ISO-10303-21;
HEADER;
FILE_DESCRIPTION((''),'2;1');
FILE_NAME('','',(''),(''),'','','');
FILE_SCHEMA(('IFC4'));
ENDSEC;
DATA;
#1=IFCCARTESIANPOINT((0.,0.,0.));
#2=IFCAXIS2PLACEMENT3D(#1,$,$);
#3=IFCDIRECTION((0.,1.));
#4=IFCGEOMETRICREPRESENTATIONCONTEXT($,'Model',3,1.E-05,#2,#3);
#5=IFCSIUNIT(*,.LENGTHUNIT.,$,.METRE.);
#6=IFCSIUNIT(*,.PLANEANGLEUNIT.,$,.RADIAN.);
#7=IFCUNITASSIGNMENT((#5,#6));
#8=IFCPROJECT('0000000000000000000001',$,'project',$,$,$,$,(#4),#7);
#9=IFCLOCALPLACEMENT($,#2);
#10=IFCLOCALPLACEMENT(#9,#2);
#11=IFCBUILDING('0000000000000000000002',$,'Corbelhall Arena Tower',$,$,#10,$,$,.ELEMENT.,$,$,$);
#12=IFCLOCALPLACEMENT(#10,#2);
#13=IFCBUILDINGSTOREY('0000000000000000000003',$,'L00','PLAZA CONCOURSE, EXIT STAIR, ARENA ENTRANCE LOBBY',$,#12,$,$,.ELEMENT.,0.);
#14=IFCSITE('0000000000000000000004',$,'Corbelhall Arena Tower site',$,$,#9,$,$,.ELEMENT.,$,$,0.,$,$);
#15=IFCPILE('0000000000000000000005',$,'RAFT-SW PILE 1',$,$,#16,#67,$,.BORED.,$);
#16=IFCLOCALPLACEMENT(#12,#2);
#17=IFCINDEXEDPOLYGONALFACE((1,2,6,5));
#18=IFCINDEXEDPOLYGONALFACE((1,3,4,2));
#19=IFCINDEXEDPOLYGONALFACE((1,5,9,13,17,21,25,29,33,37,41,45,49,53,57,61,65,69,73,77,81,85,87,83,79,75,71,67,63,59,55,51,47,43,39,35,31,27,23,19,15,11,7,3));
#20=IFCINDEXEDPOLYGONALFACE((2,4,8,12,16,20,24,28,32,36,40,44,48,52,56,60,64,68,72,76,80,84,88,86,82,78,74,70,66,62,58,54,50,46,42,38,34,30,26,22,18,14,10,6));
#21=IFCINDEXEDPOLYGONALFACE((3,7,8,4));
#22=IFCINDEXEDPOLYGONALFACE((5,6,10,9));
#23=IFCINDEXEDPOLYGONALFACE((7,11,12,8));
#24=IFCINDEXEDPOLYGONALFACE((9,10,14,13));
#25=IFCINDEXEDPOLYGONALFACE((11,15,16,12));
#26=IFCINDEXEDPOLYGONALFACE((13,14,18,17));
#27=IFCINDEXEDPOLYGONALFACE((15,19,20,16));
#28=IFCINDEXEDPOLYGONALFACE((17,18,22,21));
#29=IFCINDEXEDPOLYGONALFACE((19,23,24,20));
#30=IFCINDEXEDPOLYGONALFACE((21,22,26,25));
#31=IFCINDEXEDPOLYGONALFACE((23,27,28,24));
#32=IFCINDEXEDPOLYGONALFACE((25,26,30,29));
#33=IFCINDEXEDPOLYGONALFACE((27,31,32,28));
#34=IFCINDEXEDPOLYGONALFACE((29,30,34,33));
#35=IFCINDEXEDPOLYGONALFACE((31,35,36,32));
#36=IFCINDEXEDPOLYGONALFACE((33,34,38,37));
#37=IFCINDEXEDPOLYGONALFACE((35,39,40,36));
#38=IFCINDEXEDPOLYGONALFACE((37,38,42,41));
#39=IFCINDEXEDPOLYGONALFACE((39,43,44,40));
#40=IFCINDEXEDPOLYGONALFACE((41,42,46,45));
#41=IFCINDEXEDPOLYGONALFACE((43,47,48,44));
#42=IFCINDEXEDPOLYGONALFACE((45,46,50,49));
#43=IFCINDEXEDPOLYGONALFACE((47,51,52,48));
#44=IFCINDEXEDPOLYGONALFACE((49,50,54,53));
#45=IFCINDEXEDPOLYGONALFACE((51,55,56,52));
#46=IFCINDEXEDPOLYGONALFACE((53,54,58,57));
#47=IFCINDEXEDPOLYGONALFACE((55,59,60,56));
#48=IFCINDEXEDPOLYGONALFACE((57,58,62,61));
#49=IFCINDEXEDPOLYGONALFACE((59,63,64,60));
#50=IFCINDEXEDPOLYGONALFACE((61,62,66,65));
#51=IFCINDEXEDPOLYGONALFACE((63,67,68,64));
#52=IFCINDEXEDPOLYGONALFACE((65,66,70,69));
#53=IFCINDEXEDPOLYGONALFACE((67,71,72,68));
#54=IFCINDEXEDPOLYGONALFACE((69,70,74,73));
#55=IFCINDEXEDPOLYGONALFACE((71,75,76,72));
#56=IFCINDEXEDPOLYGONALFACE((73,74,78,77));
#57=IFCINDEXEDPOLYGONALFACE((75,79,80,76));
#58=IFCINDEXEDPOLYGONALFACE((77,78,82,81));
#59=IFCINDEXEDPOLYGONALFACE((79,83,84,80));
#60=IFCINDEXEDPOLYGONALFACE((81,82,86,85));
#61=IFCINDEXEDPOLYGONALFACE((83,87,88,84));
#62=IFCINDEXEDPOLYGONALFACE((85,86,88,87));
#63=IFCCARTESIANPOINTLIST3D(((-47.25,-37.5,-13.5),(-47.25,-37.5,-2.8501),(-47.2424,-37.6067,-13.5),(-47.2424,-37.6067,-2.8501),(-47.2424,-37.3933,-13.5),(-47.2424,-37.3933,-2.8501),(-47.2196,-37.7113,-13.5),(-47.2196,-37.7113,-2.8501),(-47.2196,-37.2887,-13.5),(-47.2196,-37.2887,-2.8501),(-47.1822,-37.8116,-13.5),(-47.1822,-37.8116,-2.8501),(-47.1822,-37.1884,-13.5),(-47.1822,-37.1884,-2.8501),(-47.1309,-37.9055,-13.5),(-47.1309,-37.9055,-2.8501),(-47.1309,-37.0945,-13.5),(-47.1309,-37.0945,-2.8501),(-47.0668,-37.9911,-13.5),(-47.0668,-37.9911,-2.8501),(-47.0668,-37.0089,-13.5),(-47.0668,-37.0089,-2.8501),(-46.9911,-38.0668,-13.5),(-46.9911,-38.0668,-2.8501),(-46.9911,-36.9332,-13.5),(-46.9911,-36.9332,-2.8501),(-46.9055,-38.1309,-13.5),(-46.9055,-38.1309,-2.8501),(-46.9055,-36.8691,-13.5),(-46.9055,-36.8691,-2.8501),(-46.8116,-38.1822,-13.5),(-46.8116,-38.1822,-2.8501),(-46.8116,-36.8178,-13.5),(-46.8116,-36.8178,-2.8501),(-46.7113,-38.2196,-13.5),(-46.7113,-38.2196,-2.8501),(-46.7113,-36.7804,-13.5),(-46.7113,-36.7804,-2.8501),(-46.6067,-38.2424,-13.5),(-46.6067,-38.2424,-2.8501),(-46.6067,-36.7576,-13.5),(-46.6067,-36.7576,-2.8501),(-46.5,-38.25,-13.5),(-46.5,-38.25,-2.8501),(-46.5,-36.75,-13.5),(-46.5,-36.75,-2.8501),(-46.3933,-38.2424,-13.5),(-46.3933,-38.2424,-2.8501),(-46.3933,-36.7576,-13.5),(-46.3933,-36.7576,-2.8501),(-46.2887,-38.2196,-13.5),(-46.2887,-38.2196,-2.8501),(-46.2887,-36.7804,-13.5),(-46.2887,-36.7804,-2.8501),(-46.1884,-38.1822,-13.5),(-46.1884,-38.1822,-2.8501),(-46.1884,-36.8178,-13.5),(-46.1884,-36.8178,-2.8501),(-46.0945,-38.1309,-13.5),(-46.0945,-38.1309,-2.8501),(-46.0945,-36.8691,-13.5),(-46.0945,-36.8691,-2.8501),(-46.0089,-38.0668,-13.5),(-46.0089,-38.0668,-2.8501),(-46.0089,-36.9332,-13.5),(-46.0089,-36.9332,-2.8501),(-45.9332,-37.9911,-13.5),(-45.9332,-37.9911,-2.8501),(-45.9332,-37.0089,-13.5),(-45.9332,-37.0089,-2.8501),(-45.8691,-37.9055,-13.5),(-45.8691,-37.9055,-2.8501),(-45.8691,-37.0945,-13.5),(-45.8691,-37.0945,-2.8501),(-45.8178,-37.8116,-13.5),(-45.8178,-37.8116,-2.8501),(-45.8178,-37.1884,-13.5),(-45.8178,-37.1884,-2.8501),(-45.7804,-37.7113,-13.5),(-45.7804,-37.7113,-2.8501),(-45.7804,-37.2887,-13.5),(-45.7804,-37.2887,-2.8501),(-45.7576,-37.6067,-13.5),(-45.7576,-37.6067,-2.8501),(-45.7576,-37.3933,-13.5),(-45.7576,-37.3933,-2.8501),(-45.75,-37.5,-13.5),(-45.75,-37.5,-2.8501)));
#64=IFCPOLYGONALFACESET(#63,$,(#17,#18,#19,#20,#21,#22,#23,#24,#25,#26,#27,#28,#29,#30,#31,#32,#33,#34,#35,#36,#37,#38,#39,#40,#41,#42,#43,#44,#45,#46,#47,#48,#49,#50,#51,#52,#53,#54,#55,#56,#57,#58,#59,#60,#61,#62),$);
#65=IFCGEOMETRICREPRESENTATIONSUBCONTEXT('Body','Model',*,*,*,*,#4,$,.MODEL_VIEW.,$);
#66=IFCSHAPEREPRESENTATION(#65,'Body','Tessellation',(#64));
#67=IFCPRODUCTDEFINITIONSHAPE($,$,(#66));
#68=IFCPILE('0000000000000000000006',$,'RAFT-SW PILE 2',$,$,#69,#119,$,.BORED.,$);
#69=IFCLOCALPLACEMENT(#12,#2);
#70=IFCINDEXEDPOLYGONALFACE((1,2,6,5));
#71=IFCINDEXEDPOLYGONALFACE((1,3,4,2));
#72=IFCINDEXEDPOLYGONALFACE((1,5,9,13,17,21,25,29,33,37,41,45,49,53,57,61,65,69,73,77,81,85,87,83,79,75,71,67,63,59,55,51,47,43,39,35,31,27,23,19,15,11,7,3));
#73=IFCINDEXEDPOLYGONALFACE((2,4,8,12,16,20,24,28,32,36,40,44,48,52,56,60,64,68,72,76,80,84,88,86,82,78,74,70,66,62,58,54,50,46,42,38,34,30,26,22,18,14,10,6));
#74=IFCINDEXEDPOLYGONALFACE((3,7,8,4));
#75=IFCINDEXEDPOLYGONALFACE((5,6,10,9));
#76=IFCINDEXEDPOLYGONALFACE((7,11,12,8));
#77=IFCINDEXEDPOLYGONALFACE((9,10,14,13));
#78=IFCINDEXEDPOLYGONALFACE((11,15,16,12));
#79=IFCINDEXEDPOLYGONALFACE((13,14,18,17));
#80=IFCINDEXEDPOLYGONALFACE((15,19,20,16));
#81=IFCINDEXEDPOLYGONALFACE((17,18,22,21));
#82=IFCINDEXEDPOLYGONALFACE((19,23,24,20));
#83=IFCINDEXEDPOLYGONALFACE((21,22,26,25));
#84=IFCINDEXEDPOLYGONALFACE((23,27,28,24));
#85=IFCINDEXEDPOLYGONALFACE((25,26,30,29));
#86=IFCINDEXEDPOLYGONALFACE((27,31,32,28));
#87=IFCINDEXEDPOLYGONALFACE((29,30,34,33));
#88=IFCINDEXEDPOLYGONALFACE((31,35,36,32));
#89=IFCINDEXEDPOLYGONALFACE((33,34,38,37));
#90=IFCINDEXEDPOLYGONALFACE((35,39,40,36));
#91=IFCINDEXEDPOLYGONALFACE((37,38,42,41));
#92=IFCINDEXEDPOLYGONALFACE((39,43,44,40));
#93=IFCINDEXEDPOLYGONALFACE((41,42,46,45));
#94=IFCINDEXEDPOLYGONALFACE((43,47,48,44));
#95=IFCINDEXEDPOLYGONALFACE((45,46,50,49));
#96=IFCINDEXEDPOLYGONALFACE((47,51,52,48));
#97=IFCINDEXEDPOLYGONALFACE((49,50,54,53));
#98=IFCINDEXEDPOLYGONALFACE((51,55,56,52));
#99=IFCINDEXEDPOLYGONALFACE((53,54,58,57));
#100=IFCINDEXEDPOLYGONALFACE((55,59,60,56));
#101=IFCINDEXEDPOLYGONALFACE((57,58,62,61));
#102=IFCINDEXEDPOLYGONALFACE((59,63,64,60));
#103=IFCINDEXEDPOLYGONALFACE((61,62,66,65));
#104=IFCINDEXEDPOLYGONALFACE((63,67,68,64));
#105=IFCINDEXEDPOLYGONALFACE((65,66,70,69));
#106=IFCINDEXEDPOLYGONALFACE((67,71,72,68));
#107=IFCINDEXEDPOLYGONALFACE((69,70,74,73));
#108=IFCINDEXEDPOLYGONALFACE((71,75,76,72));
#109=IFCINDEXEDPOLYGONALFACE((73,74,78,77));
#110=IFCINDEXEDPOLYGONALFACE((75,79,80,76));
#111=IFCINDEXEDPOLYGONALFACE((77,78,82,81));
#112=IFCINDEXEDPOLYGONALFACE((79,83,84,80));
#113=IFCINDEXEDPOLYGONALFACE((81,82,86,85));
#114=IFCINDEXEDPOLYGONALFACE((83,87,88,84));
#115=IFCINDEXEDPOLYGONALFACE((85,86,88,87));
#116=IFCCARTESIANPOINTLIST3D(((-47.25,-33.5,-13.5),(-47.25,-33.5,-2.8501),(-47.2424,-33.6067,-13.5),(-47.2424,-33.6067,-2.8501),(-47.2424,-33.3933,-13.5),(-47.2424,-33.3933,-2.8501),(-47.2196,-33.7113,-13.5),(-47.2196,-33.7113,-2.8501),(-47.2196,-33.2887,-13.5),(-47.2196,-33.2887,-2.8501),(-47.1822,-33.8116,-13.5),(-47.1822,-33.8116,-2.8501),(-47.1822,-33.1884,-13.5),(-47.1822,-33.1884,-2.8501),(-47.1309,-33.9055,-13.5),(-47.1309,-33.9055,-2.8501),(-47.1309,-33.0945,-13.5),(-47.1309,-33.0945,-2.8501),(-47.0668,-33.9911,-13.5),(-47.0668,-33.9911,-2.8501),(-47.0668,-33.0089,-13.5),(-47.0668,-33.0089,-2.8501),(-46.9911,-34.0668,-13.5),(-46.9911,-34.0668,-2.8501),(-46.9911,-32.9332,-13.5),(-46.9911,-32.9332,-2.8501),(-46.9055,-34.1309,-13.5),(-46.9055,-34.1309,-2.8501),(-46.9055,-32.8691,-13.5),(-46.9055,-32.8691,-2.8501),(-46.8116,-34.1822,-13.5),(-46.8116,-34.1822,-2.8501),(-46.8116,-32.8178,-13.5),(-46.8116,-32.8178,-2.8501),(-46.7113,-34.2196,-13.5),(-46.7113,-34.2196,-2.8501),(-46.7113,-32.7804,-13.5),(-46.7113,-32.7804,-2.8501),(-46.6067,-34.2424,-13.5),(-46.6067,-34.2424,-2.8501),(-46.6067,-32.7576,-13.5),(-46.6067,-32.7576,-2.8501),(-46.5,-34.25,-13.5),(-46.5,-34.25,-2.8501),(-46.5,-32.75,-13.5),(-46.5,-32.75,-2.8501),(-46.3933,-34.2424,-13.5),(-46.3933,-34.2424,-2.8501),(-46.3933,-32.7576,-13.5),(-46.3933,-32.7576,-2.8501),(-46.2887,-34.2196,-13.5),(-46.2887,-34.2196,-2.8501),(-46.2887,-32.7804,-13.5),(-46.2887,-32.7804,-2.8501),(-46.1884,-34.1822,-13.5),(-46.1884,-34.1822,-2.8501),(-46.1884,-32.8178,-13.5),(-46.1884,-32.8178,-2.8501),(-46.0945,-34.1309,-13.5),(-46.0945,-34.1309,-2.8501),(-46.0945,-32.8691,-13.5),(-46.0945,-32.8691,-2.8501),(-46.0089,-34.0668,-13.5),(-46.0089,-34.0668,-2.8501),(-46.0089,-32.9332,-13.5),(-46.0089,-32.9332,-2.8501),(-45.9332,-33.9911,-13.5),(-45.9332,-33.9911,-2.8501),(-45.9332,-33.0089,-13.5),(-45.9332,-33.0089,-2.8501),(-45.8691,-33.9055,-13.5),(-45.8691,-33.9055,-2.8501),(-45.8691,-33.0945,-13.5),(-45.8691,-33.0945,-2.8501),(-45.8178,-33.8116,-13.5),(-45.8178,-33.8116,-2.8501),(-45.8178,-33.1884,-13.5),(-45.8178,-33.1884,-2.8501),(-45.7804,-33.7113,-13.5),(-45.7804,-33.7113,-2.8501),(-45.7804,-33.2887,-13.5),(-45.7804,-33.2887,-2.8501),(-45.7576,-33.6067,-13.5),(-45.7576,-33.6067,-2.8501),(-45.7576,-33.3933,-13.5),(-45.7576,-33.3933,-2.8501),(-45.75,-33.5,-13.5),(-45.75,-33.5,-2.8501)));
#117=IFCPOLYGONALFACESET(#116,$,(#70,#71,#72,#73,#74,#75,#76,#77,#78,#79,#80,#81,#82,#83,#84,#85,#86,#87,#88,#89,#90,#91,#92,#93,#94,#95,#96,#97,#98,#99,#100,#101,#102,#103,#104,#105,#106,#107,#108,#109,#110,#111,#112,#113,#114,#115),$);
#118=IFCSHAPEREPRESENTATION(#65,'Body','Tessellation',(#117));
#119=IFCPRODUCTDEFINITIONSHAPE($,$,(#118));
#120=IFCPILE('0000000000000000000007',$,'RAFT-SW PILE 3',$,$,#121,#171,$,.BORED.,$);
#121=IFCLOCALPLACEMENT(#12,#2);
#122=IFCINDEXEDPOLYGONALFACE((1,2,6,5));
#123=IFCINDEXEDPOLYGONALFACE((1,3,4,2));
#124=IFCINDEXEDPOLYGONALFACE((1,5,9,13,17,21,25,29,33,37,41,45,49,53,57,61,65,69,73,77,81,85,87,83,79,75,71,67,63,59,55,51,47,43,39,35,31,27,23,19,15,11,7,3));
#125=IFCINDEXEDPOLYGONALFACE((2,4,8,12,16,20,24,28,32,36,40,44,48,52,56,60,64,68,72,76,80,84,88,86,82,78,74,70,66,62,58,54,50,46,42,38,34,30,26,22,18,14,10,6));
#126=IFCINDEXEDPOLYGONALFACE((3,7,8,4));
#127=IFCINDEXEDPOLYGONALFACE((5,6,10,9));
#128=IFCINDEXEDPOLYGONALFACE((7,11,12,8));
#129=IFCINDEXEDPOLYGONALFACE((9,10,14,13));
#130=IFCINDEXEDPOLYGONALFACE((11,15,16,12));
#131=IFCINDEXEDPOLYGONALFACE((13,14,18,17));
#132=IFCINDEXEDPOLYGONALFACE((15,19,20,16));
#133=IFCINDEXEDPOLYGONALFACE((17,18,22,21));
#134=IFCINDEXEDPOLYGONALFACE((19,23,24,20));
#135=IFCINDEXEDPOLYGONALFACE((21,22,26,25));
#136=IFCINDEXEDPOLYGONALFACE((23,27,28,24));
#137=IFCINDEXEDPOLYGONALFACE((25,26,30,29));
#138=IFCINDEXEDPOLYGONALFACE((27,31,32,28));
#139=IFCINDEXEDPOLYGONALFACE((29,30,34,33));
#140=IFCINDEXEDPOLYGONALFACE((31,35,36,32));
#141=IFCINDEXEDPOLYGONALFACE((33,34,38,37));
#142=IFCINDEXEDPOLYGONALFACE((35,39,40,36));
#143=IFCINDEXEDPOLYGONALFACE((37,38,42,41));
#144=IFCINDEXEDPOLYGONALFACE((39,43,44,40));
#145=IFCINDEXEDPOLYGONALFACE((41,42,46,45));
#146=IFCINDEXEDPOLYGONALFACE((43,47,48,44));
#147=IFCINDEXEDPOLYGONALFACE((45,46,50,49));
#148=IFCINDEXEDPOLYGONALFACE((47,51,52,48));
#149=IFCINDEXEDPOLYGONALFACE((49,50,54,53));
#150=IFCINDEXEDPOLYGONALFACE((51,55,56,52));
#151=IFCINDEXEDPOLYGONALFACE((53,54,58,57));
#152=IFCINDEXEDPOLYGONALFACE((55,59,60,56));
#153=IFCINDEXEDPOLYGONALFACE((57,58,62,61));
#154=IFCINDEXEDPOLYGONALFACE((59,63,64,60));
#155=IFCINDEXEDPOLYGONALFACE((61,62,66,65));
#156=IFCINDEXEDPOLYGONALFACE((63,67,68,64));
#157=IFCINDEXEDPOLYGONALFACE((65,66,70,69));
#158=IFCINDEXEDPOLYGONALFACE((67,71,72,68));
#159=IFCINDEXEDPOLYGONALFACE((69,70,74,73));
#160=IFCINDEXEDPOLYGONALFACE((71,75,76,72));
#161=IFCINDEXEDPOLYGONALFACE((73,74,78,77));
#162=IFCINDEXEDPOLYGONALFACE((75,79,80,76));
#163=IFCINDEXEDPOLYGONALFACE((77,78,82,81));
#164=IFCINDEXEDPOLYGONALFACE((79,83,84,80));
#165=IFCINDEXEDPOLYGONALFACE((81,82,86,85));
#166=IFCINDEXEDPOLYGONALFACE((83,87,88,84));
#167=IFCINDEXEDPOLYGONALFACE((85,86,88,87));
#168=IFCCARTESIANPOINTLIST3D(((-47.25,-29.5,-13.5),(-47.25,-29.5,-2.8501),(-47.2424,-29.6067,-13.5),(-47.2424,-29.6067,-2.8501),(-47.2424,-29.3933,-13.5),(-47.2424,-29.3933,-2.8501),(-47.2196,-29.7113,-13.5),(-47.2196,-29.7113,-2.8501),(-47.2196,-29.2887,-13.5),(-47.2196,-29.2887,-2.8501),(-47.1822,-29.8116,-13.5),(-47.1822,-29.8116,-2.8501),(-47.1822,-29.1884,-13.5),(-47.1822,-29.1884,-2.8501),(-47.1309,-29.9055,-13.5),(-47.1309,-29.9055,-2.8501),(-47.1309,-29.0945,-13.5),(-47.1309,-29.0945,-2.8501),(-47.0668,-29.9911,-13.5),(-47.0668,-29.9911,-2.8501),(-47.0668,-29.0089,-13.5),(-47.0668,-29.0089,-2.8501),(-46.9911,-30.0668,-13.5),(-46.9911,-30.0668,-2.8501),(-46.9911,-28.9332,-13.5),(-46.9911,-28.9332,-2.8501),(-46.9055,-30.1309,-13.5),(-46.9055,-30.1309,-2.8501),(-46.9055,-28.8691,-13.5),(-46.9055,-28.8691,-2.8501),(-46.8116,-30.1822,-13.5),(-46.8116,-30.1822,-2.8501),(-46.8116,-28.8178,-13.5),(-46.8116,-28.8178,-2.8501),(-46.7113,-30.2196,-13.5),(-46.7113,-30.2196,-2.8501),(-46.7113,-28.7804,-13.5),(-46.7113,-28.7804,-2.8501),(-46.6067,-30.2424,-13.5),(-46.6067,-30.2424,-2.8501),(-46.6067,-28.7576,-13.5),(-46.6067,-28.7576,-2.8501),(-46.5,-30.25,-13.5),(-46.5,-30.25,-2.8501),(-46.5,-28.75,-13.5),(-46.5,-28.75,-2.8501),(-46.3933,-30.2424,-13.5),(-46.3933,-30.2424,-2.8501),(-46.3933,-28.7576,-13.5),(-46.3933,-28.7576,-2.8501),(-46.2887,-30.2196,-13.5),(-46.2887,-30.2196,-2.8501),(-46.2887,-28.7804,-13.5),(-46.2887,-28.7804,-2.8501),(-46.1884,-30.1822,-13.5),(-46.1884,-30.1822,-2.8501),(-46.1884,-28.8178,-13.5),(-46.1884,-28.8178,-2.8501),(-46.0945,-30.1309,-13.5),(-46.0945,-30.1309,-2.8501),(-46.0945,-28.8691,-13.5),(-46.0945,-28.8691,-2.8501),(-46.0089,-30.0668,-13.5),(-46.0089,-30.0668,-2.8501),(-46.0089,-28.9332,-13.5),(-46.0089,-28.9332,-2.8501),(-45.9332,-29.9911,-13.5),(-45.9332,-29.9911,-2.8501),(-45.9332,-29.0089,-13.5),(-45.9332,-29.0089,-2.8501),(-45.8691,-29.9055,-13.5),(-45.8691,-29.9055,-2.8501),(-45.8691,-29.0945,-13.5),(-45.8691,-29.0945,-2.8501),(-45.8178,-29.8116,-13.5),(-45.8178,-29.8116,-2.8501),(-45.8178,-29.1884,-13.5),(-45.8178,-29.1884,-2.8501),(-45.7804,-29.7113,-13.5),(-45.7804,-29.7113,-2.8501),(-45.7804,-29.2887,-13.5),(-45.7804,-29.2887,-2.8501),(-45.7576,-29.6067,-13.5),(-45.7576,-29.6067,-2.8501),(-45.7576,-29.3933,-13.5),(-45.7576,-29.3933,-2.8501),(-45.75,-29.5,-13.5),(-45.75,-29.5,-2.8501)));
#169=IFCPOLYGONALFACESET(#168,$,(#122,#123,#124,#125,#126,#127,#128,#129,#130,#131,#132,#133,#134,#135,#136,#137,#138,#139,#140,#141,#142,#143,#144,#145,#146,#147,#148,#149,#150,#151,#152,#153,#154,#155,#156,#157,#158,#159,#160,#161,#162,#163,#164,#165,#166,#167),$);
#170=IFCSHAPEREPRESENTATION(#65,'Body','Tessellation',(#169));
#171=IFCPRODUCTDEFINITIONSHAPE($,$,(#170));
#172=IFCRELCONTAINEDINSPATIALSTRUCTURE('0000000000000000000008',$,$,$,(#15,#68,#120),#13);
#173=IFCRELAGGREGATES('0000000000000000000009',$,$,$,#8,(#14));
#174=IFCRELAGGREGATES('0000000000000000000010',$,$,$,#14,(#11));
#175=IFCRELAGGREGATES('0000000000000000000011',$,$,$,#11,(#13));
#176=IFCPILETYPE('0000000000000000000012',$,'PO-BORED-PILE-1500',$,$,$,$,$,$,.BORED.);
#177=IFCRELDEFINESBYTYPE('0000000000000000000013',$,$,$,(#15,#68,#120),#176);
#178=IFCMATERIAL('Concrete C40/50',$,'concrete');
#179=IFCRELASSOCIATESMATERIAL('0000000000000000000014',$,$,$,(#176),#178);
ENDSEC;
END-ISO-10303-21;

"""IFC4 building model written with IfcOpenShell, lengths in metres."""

from ifc_helpers import new_model, si_unit, direction, frame, origin, origin_2d, place, context, subcontext, project, spatial, circle, extrude, material, material_profile, profile_set, type_object, element, save


model = new_model("IFC4")

# Units and contexts
model_context = context("Model", 3, precision=1e-05, world=origin(), true_north=direction((0.0, 1.0)))
body_context = subcontext(model_context, "Body", "Model", "MODEL_VIEW")
ifc_project = project(units=[si_unit("LENGTHUNIT", "METRE"), si_unit("PLANEANGLEUNIT", "RADIAN")], contexts=[model_context])

# Site, building, storey
site_placement = place(None, origin())
site = spatial("IfcSite", under=ifc_project, at=site_placement, Name="Corbelhall Arena Tower site", CompositionType="ELEMENT", RefElevation=0.0)
building_placement = place(site_placement, origin())
building = spatial("IfcBuilding", under=site, at=building_placement, Name="Corbelhall Arena Tower", CompositionType="ELEMENT")
storey_placement = place(building_placement, origin())
storey = spatial("IfcBuildingStorey", under=building, at=storey_placement, Name="L00", Description="PLAZA CONCOURSE, EXIT STAIR, ARENA ENTRANCE LOBBY", CompositionType="ELEMENT", Elevation=0.0)

# Piles
ifc_material_1 = material(Name="Concrete C40/50", Category="concrete")
ifc_material_profile = material_profile(ifc_material_1, circle(Radius=0.75, at=origin_2d()))
ifc_profile_set = profile_set([ifc_material_profile], Name="Concrete C40/50")
pile_type = type_object("IfcPileType", Name="PO-BORED-PILE-1500", PredefinedType="BORED", material=ifc_profile_set)
for number, where, z_axis, x_axis, name in (
    (1, (-46.5, -37.5, -2.8501), (0.0, 0.0, -1.0), (1.0, 0.0, 0.0), "RAFT-SW PILE 1"),
    (2, (-46.5, -33.5, -2.8501), (0.0, 0.0, -1.0), (1.0, 0.0, 0.0), "RAFT-SW PILE 2"),
    (3, (-46.5, -29.5, -2.8501), (0.0, 0.0, -1.0), (1.0, 0.0, 0.0), "RAFT-SW PILE 3"),
):
    element("IfcPile", number, at=place(storey_placement, frame(where, z_axis=z_axis, x_axis=x_axis)), inside=storey, type_object=pile_type, Name=name, PredefinedType="BORED", context=body_context, shape_type="SweptSolid", body=[
        extrude(circle(Radius=0.75, at=origin_2d()), origin(), (0.0, 0.0, 1.0), 10.6499),
    ])

save(model, "model.ifc")
